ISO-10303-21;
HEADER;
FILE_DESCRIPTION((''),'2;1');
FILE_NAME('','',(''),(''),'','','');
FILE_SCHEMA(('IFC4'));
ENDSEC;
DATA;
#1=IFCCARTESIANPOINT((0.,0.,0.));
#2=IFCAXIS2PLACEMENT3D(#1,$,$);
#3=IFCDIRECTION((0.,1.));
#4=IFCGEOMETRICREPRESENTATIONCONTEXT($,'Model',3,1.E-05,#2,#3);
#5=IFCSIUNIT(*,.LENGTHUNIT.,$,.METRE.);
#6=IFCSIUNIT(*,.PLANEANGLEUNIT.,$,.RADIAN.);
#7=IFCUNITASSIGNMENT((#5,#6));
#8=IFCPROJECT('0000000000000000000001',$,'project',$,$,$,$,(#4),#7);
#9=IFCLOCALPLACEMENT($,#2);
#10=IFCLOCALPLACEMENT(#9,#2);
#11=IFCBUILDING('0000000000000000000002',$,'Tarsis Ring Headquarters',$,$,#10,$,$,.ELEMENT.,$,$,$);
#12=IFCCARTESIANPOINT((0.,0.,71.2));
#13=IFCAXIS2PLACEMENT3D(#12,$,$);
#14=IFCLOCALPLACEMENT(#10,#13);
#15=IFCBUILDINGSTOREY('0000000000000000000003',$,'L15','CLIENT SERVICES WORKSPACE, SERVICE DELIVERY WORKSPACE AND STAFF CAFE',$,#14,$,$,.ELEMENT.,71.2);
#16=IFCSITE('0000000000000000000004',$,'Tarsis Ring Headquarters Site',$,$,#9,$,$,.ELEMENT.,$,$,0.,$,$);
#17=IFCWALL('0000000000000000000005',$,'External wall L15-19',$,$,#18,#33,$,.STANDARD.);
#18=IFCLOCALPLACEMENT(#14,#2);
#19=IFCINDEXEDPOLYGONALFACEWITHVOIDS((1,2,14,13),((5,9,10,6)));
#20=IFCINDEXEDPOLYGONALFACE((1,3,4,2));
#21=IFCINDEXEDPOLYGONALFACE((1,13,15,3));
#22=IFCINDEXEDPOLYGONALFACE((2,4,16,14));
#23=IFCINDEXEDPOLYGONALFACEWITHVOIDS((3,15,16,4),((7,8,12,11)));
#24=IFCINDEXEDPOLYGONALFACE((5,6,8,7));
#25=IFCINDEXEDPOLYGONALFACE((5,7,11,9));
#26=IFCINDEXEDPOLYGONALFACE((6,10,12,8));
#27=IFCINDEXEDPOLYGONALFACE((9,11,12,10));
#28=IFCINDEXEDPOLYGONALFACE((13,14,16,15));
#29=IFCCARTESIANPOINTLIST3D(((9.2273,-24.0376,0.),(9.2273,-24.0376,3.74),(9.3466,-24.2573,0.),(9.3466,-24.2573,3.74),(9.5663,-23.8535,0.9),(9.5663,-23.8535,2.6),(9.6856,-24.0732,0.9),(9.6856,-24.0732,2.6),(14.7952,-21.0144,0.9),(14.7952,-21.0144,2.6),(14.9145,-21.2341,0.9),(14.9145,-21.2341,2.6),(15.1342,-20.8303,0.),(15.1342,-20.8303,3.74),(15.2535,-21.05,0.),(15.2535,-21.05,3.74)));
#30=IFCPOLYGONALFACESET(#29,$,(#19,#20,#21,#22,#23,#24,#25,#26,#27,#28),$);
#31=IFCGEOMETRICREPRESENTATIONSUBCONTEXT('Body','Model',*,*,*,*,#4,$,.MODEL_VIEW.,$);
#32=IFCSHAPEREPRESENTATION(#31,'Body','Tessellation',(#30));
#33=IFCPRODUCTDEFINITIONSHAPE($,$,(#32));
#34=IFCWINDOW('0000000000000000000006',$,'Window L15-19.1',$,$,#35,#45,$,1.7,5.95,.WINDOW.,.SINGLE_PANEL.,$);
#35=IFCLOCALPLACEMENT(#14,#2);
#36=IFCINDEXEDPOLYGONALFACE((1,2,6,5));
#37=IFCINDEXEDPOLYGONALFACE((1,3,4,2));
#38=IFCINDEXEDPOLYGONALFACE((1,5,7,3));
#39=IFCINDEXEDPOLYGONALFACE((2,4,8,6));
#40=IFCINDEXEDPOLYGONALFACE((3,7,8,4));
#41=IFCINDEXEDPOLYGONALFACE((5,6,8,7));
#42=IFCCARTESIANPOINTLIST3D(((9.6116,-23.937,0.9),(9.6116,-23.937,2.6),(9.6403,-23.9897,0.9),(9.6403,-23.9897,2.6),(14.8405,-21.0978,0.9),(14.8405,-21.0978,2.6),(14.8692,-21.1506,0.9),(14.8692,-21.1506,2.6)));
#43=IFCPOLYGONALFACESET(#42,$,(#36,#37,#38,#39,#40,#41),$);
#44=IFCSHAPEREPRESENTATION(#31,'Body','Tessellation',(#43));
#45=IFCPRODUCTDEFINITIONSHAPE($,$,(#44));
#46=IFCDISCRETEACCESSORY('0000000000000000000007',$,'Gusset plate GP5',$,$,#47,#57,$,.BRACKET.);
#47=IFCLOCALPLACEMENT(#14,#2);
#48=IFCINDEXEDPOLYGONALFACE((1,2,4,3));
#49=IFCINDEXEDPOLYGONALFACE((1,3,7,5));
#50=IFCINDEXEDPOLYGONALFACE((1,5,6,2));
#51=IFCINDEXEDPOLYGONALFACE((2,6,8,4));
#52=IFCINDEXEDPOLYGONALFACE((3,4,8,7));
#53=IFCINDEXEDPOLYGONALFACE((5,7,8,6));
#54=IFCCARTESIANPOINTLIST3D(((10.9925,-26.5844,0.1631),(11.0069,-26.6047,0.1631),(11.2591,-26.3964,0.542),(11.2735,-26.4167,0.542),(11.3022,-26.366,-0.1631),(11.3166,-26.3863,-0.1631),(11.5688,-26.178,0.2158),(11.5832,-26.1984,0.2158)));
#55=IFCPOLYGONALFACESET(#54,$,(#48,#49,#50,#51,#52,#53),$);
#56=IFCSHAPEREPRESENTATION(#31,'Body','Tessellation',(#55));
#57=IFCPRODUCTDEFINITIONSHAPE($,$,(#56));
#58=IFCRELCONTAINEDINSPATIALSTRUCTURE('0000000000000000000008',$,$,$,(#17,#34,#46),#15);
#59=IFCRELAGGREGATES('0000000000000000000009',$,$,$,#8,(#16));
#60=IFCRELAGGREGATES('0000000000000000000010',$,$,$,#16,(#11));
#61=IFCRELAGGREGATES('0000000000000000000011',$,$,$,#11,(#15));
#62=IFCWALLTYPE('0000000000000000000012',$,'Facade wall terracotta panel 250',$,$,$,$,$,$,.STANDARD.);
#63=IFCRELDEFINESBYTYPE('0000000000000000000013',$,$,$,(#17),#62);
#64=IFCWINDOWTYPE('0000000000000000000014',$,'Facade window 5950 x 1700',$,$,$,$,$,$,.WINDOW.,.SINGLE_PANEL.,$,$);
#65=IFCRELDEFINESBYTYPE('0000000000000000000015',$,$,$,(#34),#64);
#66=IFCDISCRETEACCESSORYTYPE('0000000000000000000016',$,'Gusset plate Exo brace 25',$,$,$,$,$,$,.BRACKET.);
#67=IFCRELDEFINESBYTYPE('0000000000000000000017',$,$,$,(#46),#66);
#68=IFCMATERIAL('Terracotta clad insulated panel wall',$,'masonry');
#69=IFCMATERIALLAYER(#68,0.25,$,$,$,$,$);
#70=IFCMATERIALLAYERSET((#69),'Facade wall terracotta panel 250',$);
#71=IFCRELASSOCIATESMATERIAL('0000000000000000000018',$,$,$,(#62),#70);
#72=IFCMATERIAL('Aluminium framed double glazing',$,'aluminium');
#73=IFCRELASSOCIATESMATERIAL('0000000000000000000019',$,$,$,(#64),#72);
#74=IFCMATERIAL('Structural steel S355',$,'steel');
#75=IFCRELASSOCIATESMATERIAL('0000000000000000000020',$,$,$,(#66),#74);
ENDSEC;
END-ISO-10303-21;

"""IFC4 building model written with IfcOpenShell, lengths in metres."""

from ifc_helpers import new_model, si_unit, direction, frame, frame_2d, origin, origin_2d, place, context, subcontext, project, spatial, rectangle, extrude, material, layer, layer_set, material_profile, profile_set, type_object, element, fill, save


model = new_model("IFC4")

# Units and contexts
model_context = context("Model", 3, precision=1e-05, world=origin(), true_north=direction((0.0, 1.0)))
body_context = subcontext(model_context, "Body", "Model", "MODEL_VIEW")
ifc_project = project(units=[si_unit("LENGTHUNIT", "METRE"), si_unit("PLANEANGLEUNIT", "RADIAN")], contexts=[model_context])

# Site, building, storey
site_placement = place(None, origin())
site = spatial("IfcSite", under=ifc_project, at=site_placement, Name="Tarsis Ring Headquarters Site", CompositionType="ELEMENT", RefElevation=0.0)
building_placement = place(site_placement, origin())
building = spatial("IfcBuilding", under=site, at=building_placement, Name="Tarsis Ring Headquarters", CompositionType="ELEMENT")
storey_placement = place(building_placement, frame((0.0, 0.0, 71.2)))
storey = spatial("IfcBuildingStorey", under=building, at=storey_placement, Name="L15", Description="CLIENT SERVICES WORKSPACE, SERVICE DELIVERY WORKSPACE AND STAFF CAFE", CompositionType="ELEMENT", Elevation=71.2)

# Shared definitions
ifc_material_1 = material(Name="Structural steel S355", Category="steel")

# Wall, opening, window
ifc_material_2 = material(Name="Terracotta clad insulated panel wall", Category="masonry")
ifc_layer_1 = layer(ifc_material_2, 0.25)
ifc_layer_set_1 = layer_set([ifc_layer_1], Name="Facade wall terracotta panel 250")
wall_type_1 = type_object("IfcWallType", Name="Facade wall terracotta panel 250", PredefinedType="STANDARD", material=ifc_layer_set_1)
wall_1_placement = place(storey_placement, frame((9.2869, -24.1475, 0.0), z_axis=(0.0, 0.0, 1.0), x_axis=(0.878814, 0.477164, 0.0)))
wall_1 = element("IfcWall", 1, at=wall_1_placement, inside=storey, type_object=wall_type_1, Name="External wall L15-19", PredefinedType="STANDARD", context=body_context, shape_type="SweptSolid", body=[
    extrude(rectangle(XDim=6.7214, YDim=0.25, at=frame_2d((3.3608, 0.0))), origin(), (0.0, 0.0, 1.0), 3.74),
])
opening_1_placement = place(wall_1_placement, frame((0.3857, 0.0, 0.8999)))
opening_1 = element("IfcOpeningElement", 2, at=opening_1_placement, cuts=wall_1, PredefinedType="OPENING", context=body_context, shape_type="SweptSolid", body=[
    extrude(rectangle(XDim=5.95, YDim=1.7, at=frame_2d((2.9751, 0.8501))), frame((0.0, 0.135, 0.0), z_axis=(0.0, -1.0, 0.0), x_axis=(1.0, 0.0, 0.0)), (0.0, 0.0, 1.0), 0.27),
])
ifc_material_3 = material(Name="Aluminium framed double glazing", Category="aluminium")
window_type = type_object("IfcWindowType", Name="Facade window 5950 x 1700", PartitioningType="SINGLE_PANEL", PredefinedType="WINDOW", material=ifc_material_3)
window_placement = place(opening_1_placement, origin())
window = element("IfcWindow", 3, at=window_placement, inside=storey, type_object=window_type, Name="Window L15-19.1", OverallHeight=1.7, OverallWidth=5.95, PartitioningType="SINGLE_PANEL", PredefinedType="WINDOW", context=body_context, shape_type="SweptSolid", body=[
    extrude(rectangle(XDim=5.95, YDim=1.7, at=frame_2d((2.9751, 0.8501))), frame((0.0, 0.03, 0.0), z_axis=(0.0, -1.0, 0.0), x_axis=(1.0, 0.0, 0.0)), (0.0, 0.0, 1.0), 0.0601),
])
fill(opening_1, window)

# Discrete accessory
ifc_material_profile_1 = material_profile(ifc_material_1, rectangle(XDim=0.0249, YDim=0.5, at=origin_2d()), Name="PL 25x500")
ifc_profile_set_1 = profile_set([ifc_material_profile_1], Name="Structural steel S355")
discrete_accessory_type = type_object("IfcDiscreteAccessoryType", Name="Gusset plate Exo brace 25", PredefinedType="BRACKET", material=ifc_profile_set_1)
discrete_accessory_placement = place(storey_placement, frame((11.1545, -26.4854, 0.0), z_axis=(0.533218, 0.375987, 0.757834), x_axis=(-0.576272, 0.817258, 0.0)))
element("IfcDiscreteAccessory", 4, at=discrete_accessory_placement, inside=storey, type_object=discrete_accessory_type, Name="Gusset plate GP5", PredefinedType="BRACKET", context=body_context, shape_type="SweptSolid", body=[
    extrude(rectangle(XDim=0.0249, YDim=0.5, at=origin_2d()), origin(), (0.0, 0.0, 1.0), 0.5),
])

save(model, "model.ifc")
